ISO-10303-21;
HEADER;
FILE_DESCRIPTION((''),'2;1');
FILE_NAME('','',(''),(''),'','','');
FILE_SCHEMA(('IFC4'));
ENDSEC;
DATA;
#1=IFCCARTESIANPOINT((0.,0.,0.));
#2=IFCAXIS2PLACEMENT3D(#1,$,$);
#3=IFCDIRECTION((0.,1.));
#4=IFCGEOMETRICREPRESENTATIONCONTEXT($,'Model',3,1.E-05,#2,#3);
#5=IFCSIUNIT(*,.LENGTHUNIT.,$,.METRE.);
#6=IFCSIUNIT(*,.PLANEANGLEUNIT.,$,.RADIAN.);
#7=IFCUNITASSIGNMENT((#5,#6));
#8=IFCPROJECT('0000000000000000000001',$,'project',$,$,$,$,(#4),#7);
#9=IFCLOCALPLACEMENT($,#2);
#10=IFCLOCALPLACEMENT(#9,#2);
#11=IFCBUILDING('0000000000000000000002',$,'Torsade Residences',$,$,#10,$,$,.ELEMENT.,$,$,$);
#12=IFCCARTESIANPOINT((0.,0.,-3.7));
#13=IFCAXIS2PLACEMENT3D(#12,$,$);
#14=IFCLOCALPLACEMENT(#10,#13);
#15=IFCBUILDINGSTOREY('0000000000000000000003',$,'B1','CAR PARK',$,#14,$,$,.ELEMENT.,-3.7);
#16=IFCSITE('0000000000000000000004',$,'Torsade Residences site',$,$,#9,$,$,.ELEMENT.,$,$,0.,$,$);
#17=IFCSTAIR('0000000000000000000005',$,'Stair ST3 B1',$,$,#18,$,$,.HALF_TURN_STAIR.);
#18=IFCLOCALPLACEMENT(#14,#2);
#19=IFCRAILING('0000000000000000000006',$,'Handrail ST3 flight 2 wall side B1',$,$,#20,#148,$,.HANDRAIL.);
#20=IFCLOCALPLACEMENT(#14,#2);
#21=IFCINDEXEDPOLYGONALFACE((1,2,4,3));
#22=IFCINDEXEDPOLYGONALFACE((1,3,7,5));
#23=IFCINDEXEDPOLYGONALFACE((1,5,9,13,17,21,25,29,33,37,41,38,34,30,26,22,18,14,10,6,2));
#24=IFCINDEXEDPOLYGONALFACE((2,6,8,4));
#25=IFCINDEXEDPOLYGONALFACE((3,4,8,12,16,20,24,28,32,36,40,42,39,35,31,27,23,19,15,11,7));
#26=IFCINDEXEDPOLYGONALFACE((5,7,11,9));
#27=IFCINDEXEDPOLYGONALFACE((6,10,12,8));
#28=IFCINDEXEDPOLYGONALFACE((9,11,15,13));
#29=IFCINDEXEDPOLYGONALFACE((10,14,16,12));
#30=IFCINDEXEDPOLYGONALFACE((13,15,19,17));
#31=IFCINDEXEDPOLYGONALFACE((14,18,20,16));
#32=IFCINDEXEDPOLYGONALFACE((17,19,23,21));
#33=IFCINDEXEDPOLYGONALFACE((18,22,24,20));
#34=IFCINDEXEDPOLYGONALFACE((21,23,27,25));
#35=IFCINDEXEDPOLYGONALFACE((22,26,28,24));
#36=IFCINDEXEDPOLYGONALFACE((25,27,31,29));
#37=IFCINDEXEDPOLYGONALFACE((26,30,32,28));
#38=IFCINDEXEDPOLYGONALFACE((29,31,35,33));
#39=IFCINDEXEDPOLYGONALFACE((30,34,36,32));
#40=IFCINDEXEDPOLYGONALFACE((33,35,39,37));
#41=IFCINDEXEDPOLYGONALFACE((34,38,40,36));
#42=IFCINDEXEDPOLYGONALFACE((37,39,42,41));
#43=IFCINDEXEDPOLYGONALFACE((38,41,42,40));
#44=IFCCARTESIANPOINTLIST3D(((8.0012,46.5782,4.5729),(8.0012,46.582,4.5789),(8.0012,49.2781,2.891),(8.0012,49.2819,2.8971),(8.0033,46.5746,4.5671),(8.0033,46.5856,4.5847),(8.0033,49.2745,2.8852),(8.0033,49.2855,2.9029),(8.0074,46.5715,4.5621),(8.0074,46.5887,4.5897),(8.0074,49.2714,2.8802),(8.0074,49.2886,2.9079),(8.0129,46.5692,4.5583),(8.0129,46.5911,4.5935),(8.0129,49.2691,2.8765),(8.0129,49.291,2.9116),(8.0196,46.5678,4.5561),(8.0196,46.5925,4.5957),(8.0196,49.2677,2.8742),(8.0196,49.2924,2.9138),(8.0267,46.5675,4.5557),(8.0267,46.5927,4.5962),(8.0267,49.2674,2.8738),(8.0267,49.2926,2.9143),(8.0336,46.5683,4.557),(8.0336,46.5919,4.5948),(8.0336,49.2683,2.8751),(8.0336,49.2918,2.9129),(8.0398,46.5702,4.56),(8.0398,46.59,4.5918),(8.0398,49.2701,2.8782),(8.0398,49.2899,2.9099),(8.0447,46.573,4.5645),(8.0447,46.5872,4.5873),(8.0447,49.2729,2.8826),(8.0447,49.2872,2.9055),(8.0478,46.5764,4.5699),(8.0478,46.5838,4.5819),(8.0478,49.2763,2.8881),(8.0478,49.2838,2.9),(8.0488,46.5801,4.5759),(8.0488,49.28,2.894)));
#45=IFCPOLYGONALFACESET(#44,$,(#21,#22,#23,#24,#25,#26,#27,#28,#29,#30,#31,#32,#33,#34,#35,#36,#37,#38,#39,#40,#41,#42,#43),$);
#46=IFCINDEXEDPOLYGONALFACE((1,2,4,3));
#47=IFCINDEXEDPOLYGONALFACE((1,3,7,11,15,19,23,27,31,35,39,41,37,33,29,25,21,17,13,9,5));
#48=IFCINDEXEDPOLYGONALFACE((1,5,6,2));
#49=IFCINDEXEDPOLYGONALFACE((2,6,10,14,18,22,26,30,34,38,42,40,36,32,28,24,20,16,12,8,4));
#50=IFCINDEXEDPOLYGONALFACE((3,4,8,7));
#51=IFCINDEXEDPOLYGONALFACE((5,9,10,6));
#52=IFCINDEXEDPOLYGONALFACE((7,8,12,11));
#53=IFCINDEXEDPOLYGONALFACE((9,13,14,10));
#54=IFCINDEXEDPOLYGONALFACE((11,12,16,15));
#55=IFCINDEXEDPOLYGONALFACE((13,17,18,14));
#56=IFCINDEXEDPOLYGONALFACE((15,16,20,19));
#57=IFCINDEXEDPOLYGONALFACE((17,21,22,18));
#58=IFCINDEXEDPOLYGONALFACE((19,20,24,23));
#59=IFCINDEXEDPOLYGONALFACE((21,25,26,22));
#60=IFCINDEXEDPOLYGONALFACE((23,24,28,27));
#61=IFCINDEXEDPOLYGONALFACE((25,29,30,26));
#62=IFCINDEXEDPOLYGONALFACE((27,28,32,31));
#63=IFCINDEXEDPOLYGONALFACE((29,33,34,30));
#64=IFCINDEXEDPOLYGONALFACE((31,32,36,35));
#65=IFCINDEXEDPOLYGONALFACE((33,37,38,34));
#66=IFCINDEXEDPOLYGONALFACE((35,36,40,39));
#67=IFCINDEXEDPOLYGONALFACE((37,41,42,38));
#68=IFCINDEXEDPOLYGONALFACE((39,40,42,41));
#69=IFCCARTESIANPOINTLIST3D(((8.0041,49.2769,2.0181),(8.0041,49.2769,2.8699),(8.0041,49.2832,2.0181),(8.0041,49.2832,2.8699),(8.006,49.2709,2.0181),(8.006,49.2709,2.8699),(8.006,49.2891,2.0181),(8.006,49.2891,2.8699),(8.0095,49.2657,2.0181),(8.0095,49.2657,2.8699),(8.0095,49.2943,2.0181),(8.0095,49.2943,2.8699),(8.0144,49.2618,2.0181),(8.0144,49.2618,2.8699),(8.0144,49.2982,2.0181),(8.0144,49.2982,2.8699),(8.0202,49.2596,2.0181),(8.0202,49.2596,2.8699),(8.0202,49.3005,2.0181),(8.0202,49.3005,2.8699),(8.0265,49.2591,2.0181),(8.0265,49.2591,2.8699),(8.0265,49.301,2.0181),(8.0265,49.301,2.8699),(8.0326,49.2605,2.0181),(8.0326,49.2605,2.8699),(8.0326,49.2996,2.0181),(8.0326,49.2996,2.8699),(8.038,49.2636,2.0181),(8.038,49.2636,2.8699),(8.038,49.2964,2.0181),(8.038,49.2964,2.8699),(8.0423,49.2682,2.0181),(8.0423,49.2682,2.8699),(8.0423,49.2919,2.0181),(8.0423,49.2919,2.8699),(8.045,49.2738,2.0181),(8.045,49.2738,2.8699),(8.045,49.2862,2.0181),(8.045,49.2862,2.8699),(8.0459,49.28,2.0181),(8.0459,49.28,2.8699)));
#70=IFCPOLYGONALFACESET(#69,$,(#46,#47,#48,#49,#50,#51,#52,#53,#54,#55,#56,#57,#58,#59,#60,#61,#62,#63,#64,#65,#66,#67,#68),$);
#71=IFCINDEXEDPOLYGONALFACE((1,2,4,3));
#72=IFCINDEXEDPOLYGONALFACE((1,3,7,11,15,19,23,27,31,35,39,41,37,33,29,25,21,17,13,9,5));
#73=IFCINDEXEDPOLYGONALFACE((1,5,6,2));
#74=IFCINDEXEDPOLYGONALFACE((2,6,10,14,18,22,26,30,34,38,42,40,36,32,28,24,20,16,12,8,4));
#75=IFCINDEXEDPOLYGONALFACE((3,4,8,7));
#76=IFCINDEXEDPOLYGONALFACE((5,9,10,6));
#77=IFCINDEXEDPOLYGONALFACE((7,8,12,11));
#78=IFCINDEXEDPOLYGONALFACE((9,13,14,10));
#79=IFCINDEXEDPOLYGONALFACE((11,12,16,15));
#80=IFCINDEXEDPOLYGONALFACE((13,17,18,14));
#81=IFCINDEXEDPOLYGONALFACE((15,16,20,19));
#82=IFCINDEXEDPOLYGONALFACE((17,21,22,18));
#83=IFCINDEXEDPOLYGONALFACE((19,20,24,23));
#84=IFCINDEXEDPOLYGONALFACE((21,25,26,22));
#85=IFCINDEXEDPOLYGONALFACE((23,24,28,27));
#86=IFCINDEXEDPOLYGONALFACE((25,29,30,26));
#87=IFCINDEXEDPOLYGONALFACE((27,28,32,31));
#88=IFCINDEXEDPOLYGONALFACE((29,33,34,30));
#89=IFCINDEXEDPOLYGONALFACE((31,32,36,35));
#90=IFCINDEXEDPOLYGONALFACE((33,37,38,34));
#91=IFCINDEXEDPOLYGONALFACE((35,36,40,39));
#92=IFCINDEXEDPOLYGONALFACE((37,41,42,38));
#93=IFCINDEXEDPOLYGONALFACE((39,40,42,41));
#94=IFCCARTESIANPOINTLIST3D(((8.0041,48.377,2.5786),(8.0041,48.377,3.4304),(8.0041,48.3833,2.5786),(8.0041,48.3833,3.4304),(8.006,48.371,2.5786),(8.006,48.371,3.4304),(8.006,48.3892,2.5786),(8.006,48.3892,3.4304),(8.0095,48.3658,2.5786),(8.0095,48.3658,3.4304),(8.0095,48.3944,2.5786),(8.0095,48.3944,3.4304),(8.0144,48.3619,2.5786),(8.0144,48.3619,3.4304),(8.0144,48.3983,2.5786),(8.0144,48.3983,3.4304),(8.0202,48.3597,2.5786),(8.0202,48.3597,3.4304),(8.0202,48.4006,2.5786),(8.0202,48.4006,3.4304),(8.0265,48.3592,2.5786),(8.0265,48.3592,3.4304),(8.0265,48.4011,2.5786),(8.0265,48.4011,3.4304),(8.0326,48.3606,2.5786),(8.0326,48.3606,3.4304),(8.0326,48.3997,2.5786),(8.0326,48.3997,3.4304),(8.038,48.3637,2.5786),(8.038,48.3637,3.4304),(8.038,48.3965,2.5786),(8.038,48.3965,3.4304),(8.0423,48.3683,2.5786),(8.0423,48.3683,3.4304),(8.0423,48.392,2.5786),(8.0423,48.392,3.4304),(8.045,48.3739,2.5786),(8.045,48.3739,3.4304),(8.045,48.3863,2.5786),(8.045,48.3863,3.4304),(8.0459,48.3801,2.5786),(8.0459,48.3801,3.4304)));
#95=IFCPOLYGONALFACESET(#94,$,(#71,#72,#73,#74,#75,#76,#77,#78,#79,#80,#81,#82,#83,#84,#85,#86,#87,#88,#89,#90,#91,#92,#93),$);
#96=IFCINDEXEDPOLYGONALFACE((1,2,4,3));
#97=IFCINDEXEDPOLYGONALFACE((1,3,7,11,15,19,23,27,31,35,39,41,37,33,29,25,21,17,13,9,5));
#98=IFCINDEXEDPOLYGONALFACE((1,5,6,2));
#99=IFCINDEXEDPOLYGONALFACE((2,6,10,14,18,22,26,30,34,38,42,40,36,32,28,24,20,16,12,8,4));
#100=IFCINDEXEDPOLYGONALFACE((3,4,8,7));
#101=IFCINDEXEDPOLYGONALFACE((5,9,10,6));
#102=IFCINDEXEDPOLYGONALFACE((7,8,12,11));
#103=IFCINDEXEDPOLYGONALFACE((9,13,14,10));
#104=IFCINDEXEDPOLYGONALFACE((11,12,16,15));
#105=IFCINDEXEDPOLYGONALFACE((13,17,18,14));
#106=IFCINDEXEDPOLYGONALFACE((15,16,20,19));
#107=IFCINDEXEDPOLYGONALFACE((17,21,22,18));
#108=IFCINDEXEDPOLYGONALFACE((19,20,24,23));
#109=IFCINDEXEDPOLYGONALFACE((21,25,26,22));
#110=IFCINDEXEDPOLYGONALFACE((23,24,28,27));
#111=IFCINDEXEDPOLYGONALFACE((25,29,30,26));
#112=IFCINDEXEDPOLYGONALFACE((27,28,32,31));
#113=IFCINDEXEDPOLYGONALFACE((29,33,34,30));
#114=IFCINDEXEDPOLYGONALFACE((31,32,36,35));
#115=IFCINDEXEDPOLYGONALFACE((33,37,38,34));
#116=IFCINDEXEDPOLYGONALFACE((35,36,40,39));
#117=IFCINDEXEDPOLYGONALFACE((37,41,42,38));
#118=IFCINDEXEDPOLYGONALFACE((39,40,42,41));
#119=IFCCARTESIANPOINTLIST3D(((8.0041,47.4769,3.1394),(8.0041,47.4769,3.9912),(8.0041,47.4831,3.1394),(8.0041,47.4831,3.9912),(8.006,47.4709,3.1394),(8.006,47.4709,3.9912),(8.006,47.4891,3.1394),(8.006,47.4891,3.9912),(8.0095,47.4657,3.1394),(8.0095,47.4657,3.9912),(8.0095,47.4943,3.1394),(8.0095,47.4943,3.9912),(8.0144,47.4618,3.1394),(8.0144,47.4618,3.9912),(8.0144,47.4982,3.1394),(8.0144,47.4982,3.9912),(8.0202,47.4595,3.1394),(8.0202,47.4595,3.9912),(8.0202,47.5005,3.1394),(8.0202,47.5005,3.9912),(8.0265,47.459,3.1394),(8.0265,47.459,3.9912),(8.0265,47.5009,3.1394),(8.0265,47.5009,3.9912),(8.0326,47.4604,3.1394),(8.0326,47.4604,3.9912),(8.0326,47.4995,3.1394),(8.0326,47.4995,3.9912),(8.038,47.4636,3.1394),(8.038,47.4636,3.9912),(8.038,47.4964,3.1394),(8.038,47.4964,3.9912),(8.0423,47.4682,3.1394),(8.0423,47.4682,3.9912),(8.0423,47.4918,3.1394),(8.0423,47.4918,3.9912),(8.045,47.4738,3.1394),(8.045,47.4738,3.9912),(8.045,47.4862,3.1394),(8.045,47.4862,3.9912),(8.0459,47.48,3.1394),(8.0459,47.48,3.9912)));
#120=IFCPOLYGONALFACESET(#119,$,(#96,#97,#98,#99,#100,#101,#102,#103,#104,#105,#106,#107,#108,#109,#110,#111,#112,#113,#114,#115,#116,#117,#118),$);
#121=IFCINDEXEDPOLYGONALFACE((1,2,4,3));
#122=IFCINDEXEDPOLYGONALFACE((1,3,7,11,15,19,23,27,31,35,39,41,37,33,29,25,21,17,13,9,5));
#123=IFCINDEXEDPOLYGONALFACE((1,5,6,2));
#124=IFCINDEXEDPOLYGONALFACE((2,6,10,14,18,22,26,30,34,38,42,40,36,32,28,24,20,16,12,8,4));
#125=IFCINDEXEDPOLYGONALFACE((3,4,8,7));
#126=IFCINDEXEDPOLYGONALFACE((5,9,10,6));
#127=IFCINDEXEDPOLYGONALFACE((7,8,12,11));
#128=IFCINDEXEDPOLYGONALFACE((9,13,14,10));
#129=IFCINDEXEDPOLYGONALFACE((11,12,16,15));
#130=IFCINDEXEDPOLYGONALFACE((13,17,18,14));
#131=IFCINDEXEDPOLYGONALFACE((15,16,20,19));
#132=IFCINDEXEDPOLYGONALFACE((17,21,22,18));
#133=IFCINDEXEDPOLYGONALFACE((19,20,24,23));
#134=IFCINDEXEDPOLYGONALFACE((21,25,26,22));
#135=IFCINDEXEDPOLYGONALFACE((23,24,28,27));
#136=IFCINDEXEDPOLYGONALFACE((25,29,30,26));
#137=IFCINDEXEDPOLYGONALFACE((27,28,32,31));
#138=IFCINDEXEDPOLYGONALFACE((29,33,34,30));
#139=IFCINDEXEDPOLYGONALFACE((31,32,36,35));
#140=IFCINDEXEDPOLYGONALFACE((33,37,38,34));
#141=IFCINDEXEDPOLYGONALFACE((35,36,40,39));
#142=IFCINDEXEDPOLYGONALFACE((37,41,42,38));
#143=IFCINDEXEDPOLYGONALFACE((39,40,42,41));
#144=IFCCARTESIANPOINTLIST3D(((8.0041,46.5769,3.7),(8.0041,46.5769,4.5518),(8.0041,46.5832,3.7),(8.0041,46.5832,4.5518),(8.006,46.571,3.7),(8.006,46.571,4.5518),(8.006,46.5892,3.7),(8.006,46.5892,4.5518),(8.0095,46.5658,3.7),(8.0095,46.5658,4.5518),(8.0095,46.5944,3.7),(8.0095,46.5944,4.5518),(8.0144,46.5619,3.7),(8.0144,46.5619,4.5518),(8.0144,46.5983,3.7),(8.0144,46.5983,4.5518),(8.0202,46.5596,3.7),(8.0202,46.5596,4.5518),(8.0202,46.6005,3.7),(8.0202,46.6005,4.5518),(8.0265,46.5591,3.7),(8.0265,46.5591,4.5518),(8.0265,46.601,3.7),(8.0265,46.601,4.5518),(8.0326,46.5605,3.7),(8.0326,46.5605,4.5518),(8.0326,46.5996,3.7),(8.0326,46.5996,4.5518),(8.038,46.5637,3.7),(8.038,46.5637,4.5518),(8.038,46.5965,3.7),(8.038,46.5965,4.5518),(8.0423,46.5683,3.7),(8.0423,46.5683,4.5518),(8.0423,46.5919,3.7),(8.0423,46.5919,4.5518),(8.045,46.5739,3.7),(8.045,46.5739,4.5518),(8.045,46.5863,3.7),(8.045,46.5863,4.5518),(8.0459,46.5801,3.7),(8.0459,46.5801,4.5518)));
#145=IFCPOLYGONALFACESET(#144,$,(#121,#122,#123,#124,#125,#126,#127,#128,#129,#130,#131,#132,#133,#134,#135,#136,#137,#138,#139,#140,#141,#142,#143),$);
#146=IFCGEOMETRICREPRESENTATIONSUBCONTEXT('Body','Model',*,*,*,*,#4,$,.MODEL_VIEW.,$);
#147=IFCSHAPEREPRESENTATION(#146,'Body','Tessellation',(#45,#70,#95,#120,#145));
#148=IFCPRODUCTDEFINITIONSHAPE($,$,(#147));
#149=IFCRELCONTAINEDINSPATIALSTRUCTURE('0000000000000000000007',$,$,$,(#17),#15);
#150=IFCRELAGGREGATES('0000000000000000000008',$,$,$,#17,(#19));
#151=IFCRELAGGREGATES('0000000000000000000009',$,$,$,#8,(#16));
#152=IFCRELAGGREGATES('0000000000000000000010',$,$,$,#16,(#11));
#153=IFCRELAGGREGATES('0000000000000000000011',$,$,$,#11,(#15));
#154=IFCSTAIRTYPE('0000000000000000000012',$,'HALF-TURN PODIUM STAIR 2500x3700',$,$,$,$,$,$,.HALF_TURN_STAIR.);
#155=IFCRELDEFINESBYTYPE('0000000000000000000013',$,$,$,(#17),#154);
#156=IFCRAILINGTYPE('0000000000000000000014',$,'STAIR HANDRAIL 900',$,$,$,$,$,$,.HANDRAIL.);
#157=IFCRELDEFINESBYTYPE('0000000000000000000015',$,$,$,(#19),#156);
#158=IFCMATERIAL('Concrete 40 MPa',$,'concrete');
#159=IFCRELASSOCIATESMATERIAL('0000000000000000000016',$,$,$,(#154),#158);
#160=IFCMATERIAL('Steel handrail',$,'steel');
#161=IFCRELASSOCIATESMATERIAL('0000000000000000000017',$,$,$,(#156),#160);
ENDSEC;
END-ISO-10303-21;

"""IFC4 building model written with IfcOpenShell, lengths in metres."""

from ifc_helpers import new_model, si_unit, direction, frame, origin, origin_2d, place, context, subcontext, project, spatial, circle, extrude, material, type_object, element, aggregate, save


model = new_model("IFC4")

# Units and contexts
model_context = context("Model", 3, precision=1e-05, world=origin(), true_north=direction((0.0, 1.0)))
body_context = subcontext(model_context, "Body", "Model", "MODEL_VIEW")
ifc_project = project(units=[si_unit("LENGTHUNIT", "METRE"), si_unit("PLANEANGLEUNIT", "RADIAN")], contexts=[model_context])

# Site, building, storey
site_placement = place(None, origin())
site = spatial("IfcSite", under=ifc_project, at=site_placement, Name="Torsade Residences site", CompositionType="ELEMENT", RefElevation=0.0)
building_placement = place(site_placement, origin())
building = spatial("IfcBuilding", under=site, at=building_placement, Name="Torsade Residences", CompositionType="ELEMENT")
storey_placement = place(building_placement, frame((0.0, 0.0, -3.7)))
storey = spatial("IfcBuildingStorey", under=building, at=storey_placement, Name="B1", Description="CAR PARK", CompositionType="ELEMENT", Elevation=-3.7)

# Stair, railing
ifc_material_1 = material(Name="Concrete 40 MPa", Category="concrete")
stair_type = type_object("IfcStairType", Name="HALF-TURN PODIUM STAIR 2500x3700", PredefinedType="HALF_TURN_STAIR", material=ifc_material_1)
stair_placement = place(storey_placement, origin())
stair = element("IfcStair", 1, at=stair_placement, inside=storey, type_object=stair_type, Name="Stair ST3 B1", PredefinedType="HALF_TURN_STAIR")
ifc_material_2 = material(Name="Steel handrail", Category="steel")
railing_type = type_object("IfcRailingType", Name="STAIR HANDRAIL 900", PredefinedType="HANDRAIL", material=ifc_material_2)
railing_1_placement = place(storey_placement, frame((8.0249, 49.28, 2.0181)))
railing_1 = element("IfcRailing", 2, at=railing_1_placement, type_object=railing_type, Name="Handrail ST3 flight 2 wall side B1", PredefinedType="HANDRAIL", context=body_context, shape_type="SweptSolid", body=[
    extrude(circle(Radius=0.0239, at=origin_2d()), frame((0.0, 0.0, 0.876), z_axis=(0.0, -0.848786, 0.528736), x_axis=(1.0, 0.0, 0.0)), (0.0, 0.0, 1.0), 3.1809),
    extrude(circle(Radius=0.021, at=origin_2d()), origin(), (0.0, 0.0, 1.0), 0.8518),
    extrude(circle(Radius=0.021, at=origin_2d()), frame((0.0, -0.8999, 0.5605)), (0.0, 0.0, 1.0), 0.8518),
    extrude(circle(Radius=0.021, at=origin_2d()), frame((0.0, -1.8, 1.1213)), (0.0, 0.0, 1.0), 0.8518),
    extrude(circle(Radius=0.021, at=origin_2d()), frame((0.0, -2.7, 1.6819)), (0.0, 0.0, 1.0), 0.8518),
])
aggregate(stair, [railing_1])

save(model, "model.ifc")
